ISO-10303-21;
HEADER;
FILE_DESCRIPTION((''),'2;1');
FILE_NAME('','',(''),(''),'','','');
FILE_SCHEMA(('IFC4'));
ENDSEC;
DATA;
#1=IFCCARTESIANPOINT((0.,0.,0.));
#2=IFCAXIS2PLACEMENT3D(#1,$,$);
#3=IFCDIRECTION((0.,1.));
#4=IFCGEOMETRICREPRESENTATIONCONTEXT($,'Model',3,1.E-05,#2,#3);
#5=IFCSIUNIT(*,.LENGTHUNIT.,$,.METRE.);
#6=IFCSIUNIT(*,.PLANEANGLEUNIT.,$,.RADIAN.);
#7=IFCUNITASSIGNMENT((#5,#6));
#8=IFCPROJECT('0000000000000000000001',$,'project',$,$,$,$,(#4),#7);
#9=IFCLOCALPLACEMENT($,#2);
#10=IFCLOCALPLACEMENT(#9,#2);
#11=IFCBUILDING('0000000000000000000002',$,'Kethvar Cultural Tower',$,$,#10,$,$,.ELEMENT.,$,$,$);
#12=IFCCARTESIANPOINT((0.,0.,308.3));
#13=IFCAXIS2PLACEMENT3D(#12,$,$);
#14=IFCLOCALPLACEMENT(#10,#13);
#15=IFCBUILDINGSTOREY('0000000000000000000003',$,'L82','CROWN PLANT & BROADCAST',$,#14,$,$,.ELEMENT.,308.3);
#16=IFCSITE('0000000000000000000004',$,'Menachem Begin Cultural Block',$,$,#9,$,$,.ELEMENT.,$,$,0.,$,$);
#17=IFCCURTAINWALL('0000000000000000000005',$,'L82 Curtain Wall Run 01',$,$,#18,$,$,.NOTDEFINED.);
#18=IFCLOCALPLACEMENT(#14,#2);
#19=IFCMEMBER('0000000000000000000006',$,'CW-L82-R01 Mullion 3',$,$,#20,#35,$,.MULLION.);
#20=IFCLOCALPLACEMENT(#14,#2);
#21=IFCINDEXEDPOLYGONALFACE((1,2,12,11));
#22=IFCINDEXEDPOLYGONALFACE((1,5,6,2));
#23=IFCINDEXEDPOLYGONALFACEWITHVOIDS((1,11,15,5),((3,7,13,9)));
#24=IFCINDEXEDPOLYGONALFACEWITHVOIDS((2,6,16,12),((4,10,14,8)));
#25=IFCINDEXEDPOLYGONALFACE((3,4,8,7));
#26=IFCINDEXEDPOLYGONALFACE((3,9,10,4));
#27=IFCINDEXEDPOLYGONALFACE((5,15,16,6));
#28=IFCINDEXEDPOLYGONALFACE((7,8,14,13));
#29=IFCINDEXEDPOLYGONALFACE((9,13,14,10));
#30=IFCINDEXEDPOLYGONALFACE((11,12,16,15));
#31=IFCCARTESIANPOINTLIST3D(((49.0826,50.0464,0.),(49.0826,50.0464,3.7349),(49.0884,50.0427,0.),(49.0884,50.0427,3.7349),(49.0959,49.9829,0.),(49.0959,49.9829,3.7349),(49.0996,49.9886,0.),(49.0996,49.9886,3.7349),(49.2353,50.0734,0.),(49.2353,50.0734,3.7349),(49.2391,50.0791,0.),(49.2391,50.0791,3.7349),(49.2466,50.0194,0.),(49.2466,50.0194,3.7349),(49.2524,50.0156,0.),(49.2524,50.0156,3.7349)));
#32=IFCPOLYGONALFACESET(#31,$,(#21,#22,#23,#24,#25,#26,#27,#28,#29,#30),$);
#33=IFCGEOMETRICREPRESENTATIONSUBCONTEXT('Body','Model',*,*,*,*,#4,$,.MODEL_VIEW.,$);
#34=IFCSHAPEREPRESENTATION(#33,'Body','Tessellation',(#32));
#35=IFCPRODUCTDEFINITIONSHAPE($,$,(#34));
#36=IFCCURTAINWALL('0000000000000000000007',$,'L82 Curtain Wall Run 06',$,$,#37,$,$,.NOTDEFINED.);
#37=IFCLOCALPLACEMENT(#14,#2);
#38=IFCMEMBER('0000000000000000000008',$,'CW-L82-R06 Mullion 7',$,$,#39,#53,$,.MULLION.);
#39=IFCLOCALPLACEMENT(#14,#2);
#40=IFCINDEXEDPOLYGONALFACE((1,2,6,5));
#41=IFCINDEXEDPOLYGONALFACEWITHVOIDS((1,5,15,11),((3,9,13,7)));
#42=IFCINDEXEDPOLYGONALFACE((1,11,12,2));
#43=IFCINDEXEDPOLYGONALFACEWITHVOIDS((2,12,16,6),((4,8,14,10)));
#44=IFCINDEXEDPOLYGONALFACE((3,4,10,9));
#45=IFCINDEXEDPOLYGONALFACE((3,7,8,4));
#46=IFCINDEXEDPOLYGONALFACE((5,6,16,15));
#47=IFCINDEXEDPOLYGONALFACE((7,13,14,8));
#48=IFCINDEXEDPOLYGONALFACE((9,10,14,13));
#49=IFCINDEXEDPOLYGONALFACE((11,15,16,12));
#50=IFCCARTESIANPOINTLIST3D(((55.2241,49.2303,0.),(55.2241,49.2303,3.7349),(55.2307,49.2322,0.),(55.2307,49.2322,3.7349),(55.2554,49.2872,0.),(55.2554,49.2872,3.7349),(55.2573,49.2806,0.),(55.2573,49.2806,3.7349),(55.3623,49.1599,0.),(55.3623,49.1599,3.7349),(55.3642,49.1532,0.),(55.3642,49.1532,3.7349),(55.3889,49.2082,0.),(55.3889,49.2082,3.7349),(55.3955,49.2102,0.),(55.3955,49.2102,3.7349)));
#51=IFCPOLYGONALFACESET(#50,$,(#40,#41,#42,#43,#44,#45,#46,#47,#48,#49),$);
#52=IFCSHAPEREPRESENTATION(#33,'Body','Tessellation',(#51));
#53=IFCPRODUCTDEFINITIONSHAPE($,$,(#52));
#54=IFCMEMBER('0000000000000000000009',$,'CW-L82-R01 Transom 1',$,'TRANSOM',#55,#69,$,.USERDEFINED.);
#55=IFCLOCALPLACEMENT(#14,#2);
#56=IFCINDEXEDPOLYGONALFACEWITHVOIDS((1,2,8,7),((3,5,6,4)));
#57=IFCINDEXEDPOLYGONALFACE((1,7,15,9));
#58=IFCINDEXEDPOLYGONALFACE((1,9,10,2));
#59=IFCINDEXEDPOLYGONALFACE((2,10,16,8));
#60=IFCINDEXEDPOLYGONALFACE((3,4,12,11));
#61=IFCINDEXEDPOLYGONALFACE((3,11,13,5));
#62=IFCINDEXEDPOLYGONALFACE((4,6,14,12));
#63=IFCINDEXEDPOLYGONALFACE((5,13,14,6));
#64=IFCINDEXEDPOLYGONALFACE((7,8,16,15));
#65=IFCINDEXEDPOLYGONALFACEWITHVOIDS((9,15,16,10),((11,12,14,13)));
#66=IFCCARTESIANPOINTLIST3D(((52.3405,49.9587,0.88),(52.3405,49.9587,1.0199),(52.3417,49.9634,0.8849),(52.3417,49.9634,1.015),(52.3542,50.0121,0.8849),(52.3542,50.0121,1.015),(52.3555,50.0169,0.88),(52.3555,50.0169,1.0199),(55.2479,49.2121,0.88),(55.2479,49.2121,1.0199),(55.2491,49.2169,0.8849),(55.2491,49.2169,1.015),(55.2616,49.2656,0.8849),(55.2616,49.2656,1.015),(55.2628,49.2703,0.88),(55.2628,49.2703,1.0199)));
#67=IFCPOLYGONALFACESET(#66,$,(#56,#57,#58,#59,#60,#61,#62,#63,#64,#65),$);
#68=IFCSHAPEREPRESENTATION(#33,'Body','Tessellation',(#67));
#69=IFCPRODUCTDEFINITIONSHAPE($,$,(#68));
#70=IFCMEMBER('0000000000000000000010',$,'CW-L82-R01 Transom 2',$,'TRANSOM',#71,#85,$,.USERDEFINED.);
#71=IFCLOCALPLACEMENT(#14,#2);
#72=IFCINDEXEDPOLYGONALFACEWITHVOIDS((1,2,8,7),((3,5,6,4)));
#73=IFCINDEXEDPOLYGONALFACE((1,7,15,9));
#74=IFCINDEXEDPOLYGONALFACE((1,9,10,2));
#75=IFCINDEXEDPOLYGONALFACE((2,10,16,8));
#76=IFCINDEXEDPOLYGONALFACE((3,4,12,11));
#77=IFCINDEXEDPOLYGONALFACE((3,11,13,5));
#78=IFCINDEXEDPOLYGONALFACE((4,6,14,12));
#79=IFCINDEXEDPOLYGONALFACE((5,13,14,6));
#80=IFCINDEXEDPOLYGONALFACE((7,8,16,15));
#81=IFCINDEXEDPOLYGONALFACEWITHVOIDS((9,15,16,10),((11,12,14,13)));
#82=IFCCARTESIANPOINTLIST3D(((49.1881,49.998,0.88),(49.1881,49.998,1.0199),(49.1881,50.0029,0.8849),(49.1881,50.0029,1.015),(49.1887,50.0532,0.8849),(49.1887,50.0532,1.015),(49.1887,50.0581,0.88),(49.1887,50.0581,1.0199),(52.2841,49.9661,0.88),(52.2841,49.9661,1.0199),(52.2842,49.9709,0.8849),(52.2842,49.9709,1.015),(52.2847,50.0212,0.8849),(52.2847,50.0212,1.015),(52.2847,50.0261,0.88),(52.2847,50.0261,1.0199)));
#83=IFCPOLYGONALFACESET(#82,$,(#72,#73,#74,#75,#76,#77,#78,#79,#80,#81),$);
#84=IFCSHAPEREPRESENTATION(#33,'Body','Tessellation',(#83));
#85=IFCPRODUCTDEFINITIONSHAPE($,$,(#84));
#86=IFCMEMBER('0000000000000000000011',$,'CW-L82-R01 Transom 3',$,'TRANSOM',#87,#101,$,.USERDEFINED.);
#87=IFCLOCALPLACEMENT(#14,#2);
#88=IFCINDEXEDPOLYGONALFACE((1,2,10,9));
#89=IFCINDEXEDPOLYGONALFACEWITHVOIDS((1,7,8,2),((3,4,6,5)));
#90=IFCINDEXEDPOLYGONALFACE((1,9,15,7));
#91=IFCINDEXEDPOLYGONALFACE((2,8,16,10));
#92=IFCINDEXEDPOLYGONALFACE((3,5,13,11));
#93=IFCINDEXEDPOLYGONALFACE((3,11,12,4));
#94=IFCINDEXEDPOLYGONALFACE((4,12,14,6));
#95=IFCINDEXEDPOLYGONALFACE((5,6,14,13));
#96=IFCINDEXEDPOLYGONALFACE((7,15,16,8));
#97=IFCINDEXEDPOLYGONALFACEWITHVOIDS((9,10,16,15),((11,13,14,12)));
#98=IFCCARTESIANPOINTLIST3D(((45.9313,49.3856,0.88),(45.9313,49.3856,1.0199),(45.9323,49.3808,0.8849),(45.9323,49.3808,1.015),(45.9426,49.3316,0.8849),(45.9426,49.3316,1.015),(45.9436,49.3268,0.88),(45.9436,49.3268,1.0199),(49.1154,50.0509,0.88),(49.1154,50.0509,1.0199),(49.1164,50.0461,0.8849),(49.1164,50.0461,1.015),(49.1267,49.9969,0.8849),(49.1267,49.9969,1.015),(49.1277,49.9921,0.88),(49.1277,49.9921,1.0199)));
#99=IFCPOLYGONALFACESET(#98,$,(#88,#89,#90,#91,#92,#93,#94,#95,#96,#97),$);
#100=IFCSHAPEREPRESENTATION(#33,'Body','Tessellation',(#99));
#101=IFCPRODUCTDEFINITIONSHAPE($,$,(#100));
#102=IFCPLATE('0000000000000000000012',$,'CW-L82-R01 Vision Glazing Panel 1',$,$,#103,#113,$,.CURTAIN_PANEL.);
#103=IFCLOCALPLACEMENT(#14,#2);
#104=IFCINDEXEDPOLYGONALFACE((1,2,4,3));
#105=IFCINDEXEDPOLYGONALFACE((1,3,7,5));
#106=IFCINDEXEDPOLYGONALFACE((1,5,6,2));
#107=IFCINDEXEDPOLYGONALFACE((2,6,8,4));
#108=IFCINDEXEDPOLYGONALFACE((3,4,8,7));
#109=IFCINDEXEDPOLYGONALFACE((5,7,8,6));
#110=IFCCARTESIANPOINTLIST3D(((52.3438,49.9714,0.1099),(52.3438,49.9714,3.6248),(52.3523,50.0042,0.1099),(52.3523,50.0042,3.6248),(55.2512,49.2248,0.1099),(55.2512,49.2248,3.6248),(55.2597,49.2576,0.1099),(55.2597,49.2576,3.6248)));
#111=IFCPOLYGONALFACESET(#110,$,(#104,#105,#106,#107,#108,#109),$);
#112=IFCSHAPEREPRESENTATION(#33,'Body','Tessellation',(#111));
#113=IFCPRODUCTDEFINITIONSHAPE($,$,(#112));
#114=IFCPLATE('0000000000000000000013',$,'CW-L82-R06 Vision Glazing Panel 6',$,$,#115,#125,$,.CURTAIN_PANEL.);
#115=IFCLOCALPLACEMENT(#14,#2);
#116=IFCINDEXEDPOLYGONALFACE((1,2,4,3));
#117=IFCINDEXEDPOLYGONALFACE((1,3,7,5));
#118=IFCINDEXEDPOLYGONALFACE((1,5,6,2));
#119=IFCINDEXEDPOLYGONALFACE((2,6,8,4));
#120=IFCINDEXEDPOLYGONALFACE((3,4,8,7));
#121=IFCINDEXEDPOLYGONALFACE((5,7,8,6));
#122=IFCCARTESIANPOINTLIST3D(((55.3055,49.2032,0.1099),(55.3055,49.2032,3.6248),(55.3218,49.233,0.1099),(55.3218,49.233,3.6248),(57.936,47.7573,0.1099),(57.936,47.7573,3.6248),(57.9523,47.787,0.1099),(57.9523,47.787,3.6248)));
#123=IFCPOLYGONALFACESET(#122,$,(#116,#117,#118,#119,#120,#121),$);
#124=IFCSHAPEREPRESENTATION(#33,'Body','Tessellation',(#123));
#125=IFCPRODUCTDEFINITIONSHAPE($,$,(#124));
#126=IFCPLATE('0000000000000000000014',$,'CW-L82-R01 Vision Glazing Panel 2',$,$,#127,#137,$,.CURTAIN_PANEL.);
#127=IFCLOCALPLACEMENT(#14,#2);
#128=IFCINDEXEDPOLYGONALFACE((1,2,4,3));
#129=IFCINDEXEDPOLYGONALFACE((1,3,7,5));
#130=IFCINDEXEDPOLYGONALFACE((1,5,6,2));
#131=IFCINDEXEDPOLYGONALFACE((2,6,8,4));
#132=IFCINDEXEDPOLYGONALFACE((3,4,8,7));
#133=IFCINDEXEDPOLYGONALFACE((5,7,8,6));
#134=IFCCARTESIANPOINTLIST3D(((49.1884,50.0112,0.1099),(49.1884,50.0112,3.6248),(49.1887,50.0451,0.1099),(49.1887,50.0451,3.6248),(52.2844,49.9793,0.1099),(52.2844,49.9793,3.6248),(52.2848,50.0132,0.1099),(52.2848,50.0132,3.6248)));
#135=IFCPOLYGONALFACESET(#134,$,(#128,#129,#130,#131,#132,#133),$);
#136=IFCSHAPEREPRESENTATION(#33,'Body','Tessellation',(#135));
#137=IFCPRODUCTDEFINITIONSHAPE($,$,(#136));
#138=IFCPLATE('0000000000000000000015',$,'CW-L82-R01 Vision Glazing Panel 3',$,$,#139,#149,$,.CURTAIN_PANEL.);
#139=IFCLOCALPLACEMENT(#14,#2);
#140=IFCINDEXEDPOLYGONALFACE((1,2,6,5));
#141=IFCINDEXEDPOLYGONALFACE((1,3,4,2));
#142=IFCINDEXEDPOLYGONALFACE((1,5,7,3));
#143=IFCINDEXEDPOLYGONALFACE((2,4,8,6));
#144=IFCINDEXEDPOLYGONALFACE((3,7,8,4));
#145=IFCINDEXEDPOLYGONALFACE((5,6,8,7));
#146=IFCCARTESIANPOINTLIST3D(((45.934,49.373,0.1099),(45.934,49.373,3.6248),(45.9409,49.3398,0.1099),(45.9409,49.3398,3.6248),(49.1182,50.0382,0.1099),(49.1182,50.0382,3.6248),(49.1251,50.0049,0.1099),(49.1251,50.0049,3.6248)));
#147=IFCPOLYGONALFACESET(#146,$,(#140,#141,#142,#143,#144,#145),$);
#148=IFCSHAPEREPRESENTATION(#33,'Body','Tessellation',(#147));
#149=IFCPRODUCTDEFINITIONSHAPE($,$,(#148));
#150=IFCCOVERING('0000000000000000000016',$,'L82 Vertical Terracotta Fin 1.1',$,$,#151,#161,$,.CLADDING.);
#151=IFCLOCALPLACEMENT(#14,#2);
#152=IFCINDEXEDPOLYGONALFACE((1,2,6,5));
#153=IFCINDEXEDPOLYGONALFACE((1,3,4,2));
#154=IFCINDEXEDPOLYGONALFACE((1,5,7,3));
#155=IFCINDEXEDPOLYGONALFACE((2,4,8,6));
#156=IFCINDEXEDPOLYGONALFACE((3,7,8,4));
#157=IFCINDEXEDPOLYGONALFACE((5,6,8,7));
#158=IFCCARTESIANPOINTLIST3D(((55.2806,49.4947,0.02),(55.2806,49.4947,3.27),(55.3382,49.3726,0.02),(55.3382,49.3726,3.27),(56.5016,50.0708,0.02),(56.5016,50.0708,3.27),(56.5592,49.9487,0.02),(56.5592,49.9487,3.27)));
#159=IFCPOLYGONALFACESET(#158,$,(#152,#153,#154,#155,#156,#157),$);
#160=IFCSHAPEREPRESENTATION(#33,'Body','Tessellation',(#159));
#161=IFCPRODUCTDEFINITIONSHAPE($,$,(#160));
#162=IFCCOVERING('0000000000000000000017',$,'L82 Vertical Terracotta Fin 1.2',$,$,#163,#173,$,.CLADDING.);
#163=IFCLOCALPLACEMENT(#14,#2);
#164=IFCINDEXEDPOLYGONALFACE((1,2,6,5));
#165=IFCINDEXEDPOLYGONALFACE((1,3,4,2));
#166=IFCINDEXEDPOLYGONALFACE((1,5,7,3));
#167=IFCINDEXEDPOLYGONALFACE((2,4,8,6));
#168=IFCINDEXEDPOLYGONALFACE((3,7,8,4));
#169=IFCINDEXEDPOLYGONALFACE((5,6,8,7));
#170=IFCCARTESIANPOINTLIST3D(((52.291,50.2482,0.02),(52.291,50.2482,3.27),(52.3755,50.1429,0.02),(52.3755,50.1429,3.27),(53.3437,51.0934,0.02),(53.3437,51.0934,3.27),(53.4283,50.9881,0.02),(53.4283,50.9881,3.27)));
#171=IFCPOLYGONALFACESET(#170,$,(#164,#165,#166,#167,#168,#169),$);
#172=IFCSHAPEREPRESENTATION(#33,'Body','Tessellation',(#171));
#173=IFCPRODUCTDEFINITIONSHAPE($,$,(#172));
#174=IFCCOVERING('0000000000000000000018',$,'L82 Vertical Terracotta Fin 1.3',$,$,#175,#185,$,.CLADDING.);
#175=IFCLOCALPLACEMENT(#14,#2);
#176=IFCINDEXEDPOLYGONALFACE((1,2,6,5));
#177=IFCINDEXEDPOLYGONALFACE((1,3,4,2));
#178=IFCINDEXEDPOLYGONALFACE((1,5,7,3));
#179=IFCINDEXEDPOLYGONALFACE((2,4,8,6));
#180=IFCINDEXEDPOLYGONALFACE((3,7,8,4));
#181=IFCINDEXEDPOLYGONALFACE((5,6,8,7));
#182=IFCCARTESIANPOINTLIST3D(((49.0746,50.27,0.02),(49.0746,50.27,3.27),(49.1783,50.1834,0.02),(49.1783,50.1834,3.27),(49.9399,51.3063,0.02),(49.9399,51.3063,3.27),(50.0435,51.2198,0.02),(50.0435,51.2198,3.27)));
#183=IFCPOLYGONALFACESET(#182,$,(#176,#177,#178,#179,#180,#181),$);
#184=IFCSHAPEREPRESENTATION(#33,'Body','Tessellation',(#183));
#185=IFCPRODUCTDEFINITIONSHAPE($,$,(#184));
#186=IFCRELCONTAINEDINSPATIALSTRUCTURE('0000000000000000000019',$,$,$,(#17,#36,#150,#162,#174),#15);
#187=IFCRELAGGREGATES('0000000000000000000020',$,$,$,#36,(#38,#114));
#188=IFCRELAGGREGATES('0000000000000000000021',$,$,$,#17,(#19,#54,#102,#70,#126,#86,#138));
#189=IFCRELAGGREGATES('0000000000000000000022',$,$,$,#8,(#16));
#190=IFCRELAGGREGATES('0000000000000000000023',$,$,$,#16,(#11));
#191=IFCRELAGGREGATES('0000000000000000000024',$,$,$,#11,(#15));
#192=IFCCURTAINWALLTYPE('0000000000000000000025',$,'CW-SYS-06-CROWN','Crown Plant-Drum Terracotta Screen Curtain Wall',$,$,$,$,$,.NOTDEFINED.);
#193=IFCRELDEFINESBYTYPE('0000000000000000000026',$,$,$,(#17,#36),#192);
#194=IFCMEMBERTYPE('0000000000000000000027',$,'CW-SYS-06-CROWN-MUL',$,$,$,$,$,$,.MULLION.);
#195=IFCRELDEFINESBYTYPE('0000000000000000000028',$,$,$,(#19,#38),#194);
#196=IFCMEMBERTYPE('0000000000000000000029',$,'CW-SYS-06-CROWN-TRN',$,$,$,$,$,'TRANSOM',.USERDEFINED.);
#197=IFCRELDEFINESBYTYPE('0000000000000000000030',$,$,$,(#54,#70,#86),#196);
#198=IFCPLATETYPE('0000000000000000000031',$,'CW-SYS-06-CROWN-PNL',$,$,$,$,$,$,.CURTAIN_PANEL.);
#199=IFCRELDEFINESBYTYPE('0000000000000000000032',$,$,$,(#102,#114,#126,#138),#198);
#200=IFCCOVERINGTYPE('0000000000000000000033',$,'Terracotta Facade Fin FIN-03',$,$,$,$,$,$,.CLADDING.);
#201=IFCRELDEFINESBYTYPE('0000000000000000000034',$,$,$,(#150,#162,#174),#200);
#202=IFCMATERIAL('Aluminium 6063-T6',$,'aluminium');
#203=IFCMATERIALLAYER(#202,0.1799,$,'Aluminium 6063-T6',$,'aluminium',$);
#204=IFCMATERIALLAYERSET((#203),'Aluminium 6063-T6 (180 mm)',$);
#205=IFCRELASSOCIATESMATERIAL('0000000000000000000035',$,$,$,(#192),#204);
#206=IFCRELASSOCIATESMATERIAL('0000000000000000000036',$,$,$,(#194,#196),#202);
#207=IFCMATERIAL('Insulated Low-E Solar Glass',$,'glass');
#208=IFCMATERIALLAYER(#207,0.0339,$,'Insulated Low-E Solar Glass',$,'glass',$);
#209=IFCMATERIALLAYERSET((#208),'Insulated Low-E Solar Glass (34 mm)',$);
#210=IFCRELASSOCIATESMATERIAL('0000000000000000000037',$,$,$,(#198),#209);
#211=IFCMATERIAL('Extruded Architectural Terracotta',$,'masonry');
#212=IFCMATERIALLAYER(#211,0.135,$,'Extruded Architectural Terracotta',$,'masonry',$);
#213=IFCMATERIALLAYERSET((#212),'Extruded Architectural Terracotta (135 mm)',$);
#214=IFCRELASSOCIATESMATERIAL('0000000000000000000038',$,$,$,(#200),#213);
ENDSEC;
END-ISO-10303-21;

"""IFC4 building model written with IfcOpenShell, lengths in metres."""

from ifc_helpers import new_model, si_unit, direction, frame, origin, origin_2d, place, context, subcontext, project, spatial, rectangle, hollow_rectangle, extrude, source, transform, mapped, material, layer, layer_set, material_profile, profile_set, type_object, element, aggregate, save


model = new_model("IFC4")

# Units and contexts
model_context = context("Model", 3, precision=1e-05, world=origin(), true_north=direction((0.0, 1.0)))
body_context = subcontext(model_context, "Body", "Model", "MODEL_VIEW")
ifc_project = project(units=[si_unit("LENGTHUNIT", "METRE"), si_unit("PLANEANGLEUNIT", "RADIAN")], contexts=[model_context])

# Site, building, storey
site_placement = place(None, origin())
site = spatial("IfcSite", under=ifc_project, at=site_placement, Name="Menachem Begin Cultural Block", CompositionType="ELEMENT", RefElevation=0.0)
building_placement = place(site_placement, origin())
building = spatial("IfcBuilding", under=site, at=building_placement, Name="Kethvar Cultural Tower", CompositionType="ELEMENT")
storey_placement = place(building_placement, frame((0.0, 0.0, 308.3)))
storey = spatial("IfcBuildingStorey", under=building, at=storey_placement, Name="L82", Description="CROWN PLANT & BROADCAST", CompositionType="ELEMENT", Elevation=308.3)

# Curtain wall, member
ifc_material_1 = material(Name="Aluminium 6063-T6", Category="aluminium")
ifc_layer_1 = layer(ifc_material_1, 0.1799, Name="Aluminium 6063-T6", Category="aluminium")
ifc_layer_set_1 = layer_set([ifc_layer_1], Name="Aluminium 6063-T6 (180 mm)")
curtain_wall_type = type_object("IfcCurtainWallType", Name="CW-SYS-06-CROWN", Description="Crown Plant-Drum Terracotta Screen Curtain Wall", PredefinedType="NOTDEFINED", material=ifc_layer_set_1)
curtain_wall_1_placement = place(storey_placement, origin())
curtain_wall_1 = element("IfcCurtainWall", 1, at=curtain_wall_1_placement, inside=storey, type_object=curtain_wall_type, Name="L82 Curtain Wall Run 01", PredefinedType="NOTDEFINED")
ifc_material_profile_1 = material_profile(ifc_material_1, hollow_rectangle(XDim=0.0649, YDim=0.1599, WallThickness=0.0049, at=origin_2d()), Name="Aluminium 6063-T6 — RHS160x65x5")
ifc_profile_set_1 = profile_set([ifc_material_profile_1], Name="Aluminium 6063-T6 — RHS160x65x5")
member_type_1 = type_object("IfcMemberType", Name="CW-SYS-06-CROWN-MUL", PredefinedType="MULLION", material=ifc_profile_set_1)
shared_shape_1 = source(origin(), body_context, "Body", "SweptSolid", [
    extrude(hollow_rectangle(XDim=0.0649, YDim=0.1599, WallThickness=0.0049, at=origin_2d()), origin(), (0.0, 0.0, 1.0), 3.7349),
])
member_1_placement = place(storey_placement, frame((49.1675, 50.031, 0.0), z_axis=(0.0, 0.0, 1.0), x_axis=(0.204479, -0.978871, 0.0)))
member_1 = element("IfcMember", 2, at=member_1_placement, type_object=member_type_1, Name="CW-L82-R01 Mullion 3", PredefinedType="MULLION", context=body_context, shape_type="MappedRepresentation", body=[
    mapped(shared_shape_1, transform((0.0, 0.0, 0.0), scale=1.0)),
])

# Curtain wall, member
curtain_wall_2_placement = place(storey_placement, origin())
curtain_wall_2 = element("IfcCurtainWall", 3, at=curtain_wall_2_placement, inside=storey, type_object=curtain_wall_type, Name="L82 Curtain Wall Run 06", PredefinedType="NOTDEFINED")
member_2_placement = place(storey_placement, frame((55.3098, 49.2202, 0.0), z_axis=(0.0, 0.0, 1.0), x_axis=(-0.481723, -0.876323, 0.0)))
member_2 = element("IfcMember", 4, at=member_2_placement, type_object=member_type_1, Name="CW-L82-R06 Mullion 7", PredefinedType="MULLION", context=body_context, shape_type="MappedRepresentation", body=[
    mapped(shared_shape_1, transform((0.0, 0.0, 0.0), scale=1.0)),
])

# Members
ifc_material_profile_2 = material_profile(ifc_material_1, hollow_rectangle(XDim=0.0601, YDim=0.1399, WallThickness=0.0049, at=origin_2d()), Name="Aluminium 6063-T6 — RHS140x60x5")
ifc_profile_set_2 = profile_set([ifc_material_profile_2], Name="Aluminium 6063-T6 — RHS140x60x5")
member_type_2 = type_object("IfcMemberType", Name="CW-SYS-06-CROWN-TRN", ElementType="TRANSOM", PredefinedType="USERDEFINED", material=ifc_profile_set_2)
shared_shape_2 = source(origin(), body_context, "Body", "SweptSolid", [
    extrude(hollow_rectangle(XDim=0.0601, YDim=0.1399, WallThickness=0.0049, at=origin_2d()), origin(), (0.0, 0.0, 1.0), 3.0017),
])
member_3_placement = place(storey_placement, frame((55.2554, 49.2412, 0.95), z_axis=(-0.968578, 0.248712, 0.0), x_axis=(-0.248712, -0.968578, 0.0)))
member_3 = element("IfcMember", 5, at=member_3_placement, type_object=member_type_2, Name="CW-L82-R01 Transom 1", ObjectType="TRANSOM", PredefinedType="USERDEFINED", context=body_context, shape_type="MappedRepresentation", body=[
    mapped(shared_shape_2, transform((0.0, 0.0, 0.0), scale=1.0)),
])
shared_shape_3 = source(origin(), body_context, "Body", "SweptSolid", [
    extrude(hollow_rectangle(XDim=0.0601, YDim=0.1399, WallThickness=0.0049, at=origin_2d()), origin(), (0.0, 0.0, 1.0), 3.0962),
])
member_4_placement = place(storey_placement, frame((52.2844, 49.9961, 0.95), z_axis=(-0.999947, 0.01033, 0.0), x_axis=(-0.01033, -0.999947, 0.0)))
member_4 = element("IfcMember", 6, at=member_4_placement, type_object=member_type_2, Name="CW-L82-R01 Transom 2", ObjectType="TRANSOM", PredefinedType="USERDEFINED", context=body_context, shape_type="MappedRepresentation", body=[
    mapped(shared_shape_3, transform((0.0, 0.0, 0.0), scale=1.0)),
])
shared_shape_4 = source(origin(), body_context, "Body", "SweptSolid", [
    extrude(hollow_rectangle(XDim=0.0601, YDim=0.1399, WallThickness=0.0049, at=origin_2d()), origin(), (0.0, 0.0, 1.0), 3.2529),
])
member_5_placement = place(storey_placement, frame((49.1216, 50.0215, 0.95), z_axis=(-0.978862, -0.204524, 0.0), x_axis=(0.204524, -0.978862, 0.0)))
member_5 = element("IfcMember", 7, at=member_5_placement, type_object=member_type_2, Name="CW-L82-R01 Transom 3", ObjectType="TRANSOM", PredefinedType="USERDEFINED", context=body_context, shape_type="MappedRepresentation", body=[
    mapped(shared_shape_4, transform((0.0, 0.0, 0.0), scale=1.0)),
])

# Plates
ifc_material_2 = material(Name="Insulated Low-E Solar Glass", Category="glass")
ifc_layer_2 = layer(ifc_material_2, 0.0339, Name="Insulated Low-E Solar Glass", Category="glass")
ifc_layer_set_2 = layer_set([ifc_layer_2], Name="Insulated Low-E Solar Glass (34 mm)")
plate_type = type_object("IfcPlateType", Name="CW-SYS-06-CROWN-PNL", PredefinedType="CURTAIN_PANEL", material=ifc_layer_set_2)
shared_shape_5 = source(origin(), body_context, "Body", "SweptSolid", [
    extrude(rectangle(XDim=3.0017, YDim=0.0339, at=origin_2d()), origin(), (0.0, 0.0, 1.0), 3.5149),
])
plate_1_placement = place(storey_placement, frame((53.8018, 49.6145, 0.1099), z_axis=(0.0, 0.0, 1.0), x_axis=(-0.968574, 0.248724, 0.0)))
plate_1 = element("IfcPlate", 8, at=plate_1_placement, type_object=plate_type, Name="CW-L82-R01 Vision Glazing Panel 1", PredefinedType="CURTAIN_PANEL", context=body_context, shape_type="MappedRepresentation", body=[
    mapped(shared_shape_5, transform((0.0, 0.0, 0.0), scale=1.0)),
])
plate_2_placement = place(storey_placement, frame((56.6289, 48.4951, 0.1099), z_axis=(0.0, 0.0, 1.0), x_axis=(-0.876323, 0.481723, 0.0)))
plate_2 = element("IfcPlate", 9, at=plate_2_placement, type_object=plate_type, Name="CW-L82-R06 Vision Glazing Panel 6", PredefinedType="CURTAIN_PANEL", context=body_context, shape_type="MappedRepresentation", body=[
    mapped(shared_shape_5, transform((0.0, 0.0, 0.0), scale=1.0)),
])
aggregate(curtain_wall_2, [member_2, plate_2])
shared_shape_6 = source(origin(), body_context, "Body", "SweptSolid", [
    extrude(rectangle(XDim=3.0962, YDim=0.0339, at=origin_2d()), origin(), (0.0, 0.0, 1.0), 3.5149),
])
plate_3_placement = place(storey_placement, frame((50.7366, 50.0122, 0.1099), z_axis=(0.0, 0.0, 1.0), x_axis=(-0.999947, 0.010315, 0.0)))
plate_3 = element("IfcPlate", 10, at=plate_3_placement, type_object=plate_type, Name="CW-L82-R01 Vision Glazing Panel 2", PredefinedType="CURTAIN_PANEL", context=body_context, shape_type="MappedRepresentation", body=[
    mapped(shared_shape_6, transform((0.0, 0.0, 0.0), scale=1.0)),
])
shared_shape_7 = source(origin(), body_context, "Body", "SweptSolid", [
    extrude(rectangle(XDim=3.2529, YDim=0.0339, at=origin_2d()), origin(), (0.0, 0.0, 1.0), 3.5149),
])
plate_4_placement = place(storey_placement, frame((47.5295, 49.689, 0.1099), z_axis=(0.0, 0.0, 1.0), x_axis=(-0.978871, -0.204479, 0.0)))
plate_4 = element("IfcPlate", 11, at=plate_4_placement, type_object=plate_type, Name="CW-L82-R01 Vision Glazing Panel 3", PredefinedType="CURTAIN_PANEL", context=body_context, shape_type="MappedRepresentation", body=[
    mapped(shared_shape_7, transform((0.0, 0.0, 0.0), scale=1.0)),
])
aggregate(curtain_wall_1, [member_1, member_3, plate_1, member_4, plate_3, member_5, plate_4])

# Coverings
ifc_material_3 = material(Name="Extruded Architectural Terracotta", Category="masonry")
ifc_layer_3 = layer(ifc_material_3, 0.135, Name="Extruded Architectural Terracotta", Category="masonry")
ifc_layer_set_3 = layer_set([ifc_layer_3], Name="Extruded Architectural Terracotta (135 mm)")
covering_type = type_object("IfcCoveringType", Name="Terracotta Facade Fin FIN-03", PredefinedType="CLADDING", material=ifc_layer_set_3)
shared_shape_8 = source(origin(), body_context, "Body", "SweptSolid", [
    extrude(rectangle(XDim=1.3501, YDim=0.135, at=origin_2d()), origin(), (0.0, 0.0, 1.0), 3.25),
])
for number, where, z_axis, x_axis, name in (
    (12, (55.9199, 49.7217, 0.02), (0.0, 0.0, 1.0), (0.904381, 0.426727, 0.0), "L82 Vertical Terracotta Fin 1.1"),
    (13, (52.8596, 50.6182, 0.02), (0.0, 0.0, 1.0), (0.779775, 0.62606, 0.0), "L82 Vertical Terracotta Fin 1.2"),
    (14, (49.5591, 50.7449, 0.02), (0.0, 0.0, 1.0), (0.640914, 0.767613, 0.0), "L82 Vertical Terracotta Fin 1.3"),
):
    element("IfcCovering", number, at=place(storey_placement, frame(where, z_axis=z_axis, x_axis=x_axis)), inside=storey, type_object=covering_type, Name=name, PredefinedType="CLADDING", context=body_context, shape_type="MappedRepresentation", body=[
        mapped(shared_shape_8, transform((0.0, 0.0, 0.0), scale=1.0)),
    ])

save(model, "model.ifc")
